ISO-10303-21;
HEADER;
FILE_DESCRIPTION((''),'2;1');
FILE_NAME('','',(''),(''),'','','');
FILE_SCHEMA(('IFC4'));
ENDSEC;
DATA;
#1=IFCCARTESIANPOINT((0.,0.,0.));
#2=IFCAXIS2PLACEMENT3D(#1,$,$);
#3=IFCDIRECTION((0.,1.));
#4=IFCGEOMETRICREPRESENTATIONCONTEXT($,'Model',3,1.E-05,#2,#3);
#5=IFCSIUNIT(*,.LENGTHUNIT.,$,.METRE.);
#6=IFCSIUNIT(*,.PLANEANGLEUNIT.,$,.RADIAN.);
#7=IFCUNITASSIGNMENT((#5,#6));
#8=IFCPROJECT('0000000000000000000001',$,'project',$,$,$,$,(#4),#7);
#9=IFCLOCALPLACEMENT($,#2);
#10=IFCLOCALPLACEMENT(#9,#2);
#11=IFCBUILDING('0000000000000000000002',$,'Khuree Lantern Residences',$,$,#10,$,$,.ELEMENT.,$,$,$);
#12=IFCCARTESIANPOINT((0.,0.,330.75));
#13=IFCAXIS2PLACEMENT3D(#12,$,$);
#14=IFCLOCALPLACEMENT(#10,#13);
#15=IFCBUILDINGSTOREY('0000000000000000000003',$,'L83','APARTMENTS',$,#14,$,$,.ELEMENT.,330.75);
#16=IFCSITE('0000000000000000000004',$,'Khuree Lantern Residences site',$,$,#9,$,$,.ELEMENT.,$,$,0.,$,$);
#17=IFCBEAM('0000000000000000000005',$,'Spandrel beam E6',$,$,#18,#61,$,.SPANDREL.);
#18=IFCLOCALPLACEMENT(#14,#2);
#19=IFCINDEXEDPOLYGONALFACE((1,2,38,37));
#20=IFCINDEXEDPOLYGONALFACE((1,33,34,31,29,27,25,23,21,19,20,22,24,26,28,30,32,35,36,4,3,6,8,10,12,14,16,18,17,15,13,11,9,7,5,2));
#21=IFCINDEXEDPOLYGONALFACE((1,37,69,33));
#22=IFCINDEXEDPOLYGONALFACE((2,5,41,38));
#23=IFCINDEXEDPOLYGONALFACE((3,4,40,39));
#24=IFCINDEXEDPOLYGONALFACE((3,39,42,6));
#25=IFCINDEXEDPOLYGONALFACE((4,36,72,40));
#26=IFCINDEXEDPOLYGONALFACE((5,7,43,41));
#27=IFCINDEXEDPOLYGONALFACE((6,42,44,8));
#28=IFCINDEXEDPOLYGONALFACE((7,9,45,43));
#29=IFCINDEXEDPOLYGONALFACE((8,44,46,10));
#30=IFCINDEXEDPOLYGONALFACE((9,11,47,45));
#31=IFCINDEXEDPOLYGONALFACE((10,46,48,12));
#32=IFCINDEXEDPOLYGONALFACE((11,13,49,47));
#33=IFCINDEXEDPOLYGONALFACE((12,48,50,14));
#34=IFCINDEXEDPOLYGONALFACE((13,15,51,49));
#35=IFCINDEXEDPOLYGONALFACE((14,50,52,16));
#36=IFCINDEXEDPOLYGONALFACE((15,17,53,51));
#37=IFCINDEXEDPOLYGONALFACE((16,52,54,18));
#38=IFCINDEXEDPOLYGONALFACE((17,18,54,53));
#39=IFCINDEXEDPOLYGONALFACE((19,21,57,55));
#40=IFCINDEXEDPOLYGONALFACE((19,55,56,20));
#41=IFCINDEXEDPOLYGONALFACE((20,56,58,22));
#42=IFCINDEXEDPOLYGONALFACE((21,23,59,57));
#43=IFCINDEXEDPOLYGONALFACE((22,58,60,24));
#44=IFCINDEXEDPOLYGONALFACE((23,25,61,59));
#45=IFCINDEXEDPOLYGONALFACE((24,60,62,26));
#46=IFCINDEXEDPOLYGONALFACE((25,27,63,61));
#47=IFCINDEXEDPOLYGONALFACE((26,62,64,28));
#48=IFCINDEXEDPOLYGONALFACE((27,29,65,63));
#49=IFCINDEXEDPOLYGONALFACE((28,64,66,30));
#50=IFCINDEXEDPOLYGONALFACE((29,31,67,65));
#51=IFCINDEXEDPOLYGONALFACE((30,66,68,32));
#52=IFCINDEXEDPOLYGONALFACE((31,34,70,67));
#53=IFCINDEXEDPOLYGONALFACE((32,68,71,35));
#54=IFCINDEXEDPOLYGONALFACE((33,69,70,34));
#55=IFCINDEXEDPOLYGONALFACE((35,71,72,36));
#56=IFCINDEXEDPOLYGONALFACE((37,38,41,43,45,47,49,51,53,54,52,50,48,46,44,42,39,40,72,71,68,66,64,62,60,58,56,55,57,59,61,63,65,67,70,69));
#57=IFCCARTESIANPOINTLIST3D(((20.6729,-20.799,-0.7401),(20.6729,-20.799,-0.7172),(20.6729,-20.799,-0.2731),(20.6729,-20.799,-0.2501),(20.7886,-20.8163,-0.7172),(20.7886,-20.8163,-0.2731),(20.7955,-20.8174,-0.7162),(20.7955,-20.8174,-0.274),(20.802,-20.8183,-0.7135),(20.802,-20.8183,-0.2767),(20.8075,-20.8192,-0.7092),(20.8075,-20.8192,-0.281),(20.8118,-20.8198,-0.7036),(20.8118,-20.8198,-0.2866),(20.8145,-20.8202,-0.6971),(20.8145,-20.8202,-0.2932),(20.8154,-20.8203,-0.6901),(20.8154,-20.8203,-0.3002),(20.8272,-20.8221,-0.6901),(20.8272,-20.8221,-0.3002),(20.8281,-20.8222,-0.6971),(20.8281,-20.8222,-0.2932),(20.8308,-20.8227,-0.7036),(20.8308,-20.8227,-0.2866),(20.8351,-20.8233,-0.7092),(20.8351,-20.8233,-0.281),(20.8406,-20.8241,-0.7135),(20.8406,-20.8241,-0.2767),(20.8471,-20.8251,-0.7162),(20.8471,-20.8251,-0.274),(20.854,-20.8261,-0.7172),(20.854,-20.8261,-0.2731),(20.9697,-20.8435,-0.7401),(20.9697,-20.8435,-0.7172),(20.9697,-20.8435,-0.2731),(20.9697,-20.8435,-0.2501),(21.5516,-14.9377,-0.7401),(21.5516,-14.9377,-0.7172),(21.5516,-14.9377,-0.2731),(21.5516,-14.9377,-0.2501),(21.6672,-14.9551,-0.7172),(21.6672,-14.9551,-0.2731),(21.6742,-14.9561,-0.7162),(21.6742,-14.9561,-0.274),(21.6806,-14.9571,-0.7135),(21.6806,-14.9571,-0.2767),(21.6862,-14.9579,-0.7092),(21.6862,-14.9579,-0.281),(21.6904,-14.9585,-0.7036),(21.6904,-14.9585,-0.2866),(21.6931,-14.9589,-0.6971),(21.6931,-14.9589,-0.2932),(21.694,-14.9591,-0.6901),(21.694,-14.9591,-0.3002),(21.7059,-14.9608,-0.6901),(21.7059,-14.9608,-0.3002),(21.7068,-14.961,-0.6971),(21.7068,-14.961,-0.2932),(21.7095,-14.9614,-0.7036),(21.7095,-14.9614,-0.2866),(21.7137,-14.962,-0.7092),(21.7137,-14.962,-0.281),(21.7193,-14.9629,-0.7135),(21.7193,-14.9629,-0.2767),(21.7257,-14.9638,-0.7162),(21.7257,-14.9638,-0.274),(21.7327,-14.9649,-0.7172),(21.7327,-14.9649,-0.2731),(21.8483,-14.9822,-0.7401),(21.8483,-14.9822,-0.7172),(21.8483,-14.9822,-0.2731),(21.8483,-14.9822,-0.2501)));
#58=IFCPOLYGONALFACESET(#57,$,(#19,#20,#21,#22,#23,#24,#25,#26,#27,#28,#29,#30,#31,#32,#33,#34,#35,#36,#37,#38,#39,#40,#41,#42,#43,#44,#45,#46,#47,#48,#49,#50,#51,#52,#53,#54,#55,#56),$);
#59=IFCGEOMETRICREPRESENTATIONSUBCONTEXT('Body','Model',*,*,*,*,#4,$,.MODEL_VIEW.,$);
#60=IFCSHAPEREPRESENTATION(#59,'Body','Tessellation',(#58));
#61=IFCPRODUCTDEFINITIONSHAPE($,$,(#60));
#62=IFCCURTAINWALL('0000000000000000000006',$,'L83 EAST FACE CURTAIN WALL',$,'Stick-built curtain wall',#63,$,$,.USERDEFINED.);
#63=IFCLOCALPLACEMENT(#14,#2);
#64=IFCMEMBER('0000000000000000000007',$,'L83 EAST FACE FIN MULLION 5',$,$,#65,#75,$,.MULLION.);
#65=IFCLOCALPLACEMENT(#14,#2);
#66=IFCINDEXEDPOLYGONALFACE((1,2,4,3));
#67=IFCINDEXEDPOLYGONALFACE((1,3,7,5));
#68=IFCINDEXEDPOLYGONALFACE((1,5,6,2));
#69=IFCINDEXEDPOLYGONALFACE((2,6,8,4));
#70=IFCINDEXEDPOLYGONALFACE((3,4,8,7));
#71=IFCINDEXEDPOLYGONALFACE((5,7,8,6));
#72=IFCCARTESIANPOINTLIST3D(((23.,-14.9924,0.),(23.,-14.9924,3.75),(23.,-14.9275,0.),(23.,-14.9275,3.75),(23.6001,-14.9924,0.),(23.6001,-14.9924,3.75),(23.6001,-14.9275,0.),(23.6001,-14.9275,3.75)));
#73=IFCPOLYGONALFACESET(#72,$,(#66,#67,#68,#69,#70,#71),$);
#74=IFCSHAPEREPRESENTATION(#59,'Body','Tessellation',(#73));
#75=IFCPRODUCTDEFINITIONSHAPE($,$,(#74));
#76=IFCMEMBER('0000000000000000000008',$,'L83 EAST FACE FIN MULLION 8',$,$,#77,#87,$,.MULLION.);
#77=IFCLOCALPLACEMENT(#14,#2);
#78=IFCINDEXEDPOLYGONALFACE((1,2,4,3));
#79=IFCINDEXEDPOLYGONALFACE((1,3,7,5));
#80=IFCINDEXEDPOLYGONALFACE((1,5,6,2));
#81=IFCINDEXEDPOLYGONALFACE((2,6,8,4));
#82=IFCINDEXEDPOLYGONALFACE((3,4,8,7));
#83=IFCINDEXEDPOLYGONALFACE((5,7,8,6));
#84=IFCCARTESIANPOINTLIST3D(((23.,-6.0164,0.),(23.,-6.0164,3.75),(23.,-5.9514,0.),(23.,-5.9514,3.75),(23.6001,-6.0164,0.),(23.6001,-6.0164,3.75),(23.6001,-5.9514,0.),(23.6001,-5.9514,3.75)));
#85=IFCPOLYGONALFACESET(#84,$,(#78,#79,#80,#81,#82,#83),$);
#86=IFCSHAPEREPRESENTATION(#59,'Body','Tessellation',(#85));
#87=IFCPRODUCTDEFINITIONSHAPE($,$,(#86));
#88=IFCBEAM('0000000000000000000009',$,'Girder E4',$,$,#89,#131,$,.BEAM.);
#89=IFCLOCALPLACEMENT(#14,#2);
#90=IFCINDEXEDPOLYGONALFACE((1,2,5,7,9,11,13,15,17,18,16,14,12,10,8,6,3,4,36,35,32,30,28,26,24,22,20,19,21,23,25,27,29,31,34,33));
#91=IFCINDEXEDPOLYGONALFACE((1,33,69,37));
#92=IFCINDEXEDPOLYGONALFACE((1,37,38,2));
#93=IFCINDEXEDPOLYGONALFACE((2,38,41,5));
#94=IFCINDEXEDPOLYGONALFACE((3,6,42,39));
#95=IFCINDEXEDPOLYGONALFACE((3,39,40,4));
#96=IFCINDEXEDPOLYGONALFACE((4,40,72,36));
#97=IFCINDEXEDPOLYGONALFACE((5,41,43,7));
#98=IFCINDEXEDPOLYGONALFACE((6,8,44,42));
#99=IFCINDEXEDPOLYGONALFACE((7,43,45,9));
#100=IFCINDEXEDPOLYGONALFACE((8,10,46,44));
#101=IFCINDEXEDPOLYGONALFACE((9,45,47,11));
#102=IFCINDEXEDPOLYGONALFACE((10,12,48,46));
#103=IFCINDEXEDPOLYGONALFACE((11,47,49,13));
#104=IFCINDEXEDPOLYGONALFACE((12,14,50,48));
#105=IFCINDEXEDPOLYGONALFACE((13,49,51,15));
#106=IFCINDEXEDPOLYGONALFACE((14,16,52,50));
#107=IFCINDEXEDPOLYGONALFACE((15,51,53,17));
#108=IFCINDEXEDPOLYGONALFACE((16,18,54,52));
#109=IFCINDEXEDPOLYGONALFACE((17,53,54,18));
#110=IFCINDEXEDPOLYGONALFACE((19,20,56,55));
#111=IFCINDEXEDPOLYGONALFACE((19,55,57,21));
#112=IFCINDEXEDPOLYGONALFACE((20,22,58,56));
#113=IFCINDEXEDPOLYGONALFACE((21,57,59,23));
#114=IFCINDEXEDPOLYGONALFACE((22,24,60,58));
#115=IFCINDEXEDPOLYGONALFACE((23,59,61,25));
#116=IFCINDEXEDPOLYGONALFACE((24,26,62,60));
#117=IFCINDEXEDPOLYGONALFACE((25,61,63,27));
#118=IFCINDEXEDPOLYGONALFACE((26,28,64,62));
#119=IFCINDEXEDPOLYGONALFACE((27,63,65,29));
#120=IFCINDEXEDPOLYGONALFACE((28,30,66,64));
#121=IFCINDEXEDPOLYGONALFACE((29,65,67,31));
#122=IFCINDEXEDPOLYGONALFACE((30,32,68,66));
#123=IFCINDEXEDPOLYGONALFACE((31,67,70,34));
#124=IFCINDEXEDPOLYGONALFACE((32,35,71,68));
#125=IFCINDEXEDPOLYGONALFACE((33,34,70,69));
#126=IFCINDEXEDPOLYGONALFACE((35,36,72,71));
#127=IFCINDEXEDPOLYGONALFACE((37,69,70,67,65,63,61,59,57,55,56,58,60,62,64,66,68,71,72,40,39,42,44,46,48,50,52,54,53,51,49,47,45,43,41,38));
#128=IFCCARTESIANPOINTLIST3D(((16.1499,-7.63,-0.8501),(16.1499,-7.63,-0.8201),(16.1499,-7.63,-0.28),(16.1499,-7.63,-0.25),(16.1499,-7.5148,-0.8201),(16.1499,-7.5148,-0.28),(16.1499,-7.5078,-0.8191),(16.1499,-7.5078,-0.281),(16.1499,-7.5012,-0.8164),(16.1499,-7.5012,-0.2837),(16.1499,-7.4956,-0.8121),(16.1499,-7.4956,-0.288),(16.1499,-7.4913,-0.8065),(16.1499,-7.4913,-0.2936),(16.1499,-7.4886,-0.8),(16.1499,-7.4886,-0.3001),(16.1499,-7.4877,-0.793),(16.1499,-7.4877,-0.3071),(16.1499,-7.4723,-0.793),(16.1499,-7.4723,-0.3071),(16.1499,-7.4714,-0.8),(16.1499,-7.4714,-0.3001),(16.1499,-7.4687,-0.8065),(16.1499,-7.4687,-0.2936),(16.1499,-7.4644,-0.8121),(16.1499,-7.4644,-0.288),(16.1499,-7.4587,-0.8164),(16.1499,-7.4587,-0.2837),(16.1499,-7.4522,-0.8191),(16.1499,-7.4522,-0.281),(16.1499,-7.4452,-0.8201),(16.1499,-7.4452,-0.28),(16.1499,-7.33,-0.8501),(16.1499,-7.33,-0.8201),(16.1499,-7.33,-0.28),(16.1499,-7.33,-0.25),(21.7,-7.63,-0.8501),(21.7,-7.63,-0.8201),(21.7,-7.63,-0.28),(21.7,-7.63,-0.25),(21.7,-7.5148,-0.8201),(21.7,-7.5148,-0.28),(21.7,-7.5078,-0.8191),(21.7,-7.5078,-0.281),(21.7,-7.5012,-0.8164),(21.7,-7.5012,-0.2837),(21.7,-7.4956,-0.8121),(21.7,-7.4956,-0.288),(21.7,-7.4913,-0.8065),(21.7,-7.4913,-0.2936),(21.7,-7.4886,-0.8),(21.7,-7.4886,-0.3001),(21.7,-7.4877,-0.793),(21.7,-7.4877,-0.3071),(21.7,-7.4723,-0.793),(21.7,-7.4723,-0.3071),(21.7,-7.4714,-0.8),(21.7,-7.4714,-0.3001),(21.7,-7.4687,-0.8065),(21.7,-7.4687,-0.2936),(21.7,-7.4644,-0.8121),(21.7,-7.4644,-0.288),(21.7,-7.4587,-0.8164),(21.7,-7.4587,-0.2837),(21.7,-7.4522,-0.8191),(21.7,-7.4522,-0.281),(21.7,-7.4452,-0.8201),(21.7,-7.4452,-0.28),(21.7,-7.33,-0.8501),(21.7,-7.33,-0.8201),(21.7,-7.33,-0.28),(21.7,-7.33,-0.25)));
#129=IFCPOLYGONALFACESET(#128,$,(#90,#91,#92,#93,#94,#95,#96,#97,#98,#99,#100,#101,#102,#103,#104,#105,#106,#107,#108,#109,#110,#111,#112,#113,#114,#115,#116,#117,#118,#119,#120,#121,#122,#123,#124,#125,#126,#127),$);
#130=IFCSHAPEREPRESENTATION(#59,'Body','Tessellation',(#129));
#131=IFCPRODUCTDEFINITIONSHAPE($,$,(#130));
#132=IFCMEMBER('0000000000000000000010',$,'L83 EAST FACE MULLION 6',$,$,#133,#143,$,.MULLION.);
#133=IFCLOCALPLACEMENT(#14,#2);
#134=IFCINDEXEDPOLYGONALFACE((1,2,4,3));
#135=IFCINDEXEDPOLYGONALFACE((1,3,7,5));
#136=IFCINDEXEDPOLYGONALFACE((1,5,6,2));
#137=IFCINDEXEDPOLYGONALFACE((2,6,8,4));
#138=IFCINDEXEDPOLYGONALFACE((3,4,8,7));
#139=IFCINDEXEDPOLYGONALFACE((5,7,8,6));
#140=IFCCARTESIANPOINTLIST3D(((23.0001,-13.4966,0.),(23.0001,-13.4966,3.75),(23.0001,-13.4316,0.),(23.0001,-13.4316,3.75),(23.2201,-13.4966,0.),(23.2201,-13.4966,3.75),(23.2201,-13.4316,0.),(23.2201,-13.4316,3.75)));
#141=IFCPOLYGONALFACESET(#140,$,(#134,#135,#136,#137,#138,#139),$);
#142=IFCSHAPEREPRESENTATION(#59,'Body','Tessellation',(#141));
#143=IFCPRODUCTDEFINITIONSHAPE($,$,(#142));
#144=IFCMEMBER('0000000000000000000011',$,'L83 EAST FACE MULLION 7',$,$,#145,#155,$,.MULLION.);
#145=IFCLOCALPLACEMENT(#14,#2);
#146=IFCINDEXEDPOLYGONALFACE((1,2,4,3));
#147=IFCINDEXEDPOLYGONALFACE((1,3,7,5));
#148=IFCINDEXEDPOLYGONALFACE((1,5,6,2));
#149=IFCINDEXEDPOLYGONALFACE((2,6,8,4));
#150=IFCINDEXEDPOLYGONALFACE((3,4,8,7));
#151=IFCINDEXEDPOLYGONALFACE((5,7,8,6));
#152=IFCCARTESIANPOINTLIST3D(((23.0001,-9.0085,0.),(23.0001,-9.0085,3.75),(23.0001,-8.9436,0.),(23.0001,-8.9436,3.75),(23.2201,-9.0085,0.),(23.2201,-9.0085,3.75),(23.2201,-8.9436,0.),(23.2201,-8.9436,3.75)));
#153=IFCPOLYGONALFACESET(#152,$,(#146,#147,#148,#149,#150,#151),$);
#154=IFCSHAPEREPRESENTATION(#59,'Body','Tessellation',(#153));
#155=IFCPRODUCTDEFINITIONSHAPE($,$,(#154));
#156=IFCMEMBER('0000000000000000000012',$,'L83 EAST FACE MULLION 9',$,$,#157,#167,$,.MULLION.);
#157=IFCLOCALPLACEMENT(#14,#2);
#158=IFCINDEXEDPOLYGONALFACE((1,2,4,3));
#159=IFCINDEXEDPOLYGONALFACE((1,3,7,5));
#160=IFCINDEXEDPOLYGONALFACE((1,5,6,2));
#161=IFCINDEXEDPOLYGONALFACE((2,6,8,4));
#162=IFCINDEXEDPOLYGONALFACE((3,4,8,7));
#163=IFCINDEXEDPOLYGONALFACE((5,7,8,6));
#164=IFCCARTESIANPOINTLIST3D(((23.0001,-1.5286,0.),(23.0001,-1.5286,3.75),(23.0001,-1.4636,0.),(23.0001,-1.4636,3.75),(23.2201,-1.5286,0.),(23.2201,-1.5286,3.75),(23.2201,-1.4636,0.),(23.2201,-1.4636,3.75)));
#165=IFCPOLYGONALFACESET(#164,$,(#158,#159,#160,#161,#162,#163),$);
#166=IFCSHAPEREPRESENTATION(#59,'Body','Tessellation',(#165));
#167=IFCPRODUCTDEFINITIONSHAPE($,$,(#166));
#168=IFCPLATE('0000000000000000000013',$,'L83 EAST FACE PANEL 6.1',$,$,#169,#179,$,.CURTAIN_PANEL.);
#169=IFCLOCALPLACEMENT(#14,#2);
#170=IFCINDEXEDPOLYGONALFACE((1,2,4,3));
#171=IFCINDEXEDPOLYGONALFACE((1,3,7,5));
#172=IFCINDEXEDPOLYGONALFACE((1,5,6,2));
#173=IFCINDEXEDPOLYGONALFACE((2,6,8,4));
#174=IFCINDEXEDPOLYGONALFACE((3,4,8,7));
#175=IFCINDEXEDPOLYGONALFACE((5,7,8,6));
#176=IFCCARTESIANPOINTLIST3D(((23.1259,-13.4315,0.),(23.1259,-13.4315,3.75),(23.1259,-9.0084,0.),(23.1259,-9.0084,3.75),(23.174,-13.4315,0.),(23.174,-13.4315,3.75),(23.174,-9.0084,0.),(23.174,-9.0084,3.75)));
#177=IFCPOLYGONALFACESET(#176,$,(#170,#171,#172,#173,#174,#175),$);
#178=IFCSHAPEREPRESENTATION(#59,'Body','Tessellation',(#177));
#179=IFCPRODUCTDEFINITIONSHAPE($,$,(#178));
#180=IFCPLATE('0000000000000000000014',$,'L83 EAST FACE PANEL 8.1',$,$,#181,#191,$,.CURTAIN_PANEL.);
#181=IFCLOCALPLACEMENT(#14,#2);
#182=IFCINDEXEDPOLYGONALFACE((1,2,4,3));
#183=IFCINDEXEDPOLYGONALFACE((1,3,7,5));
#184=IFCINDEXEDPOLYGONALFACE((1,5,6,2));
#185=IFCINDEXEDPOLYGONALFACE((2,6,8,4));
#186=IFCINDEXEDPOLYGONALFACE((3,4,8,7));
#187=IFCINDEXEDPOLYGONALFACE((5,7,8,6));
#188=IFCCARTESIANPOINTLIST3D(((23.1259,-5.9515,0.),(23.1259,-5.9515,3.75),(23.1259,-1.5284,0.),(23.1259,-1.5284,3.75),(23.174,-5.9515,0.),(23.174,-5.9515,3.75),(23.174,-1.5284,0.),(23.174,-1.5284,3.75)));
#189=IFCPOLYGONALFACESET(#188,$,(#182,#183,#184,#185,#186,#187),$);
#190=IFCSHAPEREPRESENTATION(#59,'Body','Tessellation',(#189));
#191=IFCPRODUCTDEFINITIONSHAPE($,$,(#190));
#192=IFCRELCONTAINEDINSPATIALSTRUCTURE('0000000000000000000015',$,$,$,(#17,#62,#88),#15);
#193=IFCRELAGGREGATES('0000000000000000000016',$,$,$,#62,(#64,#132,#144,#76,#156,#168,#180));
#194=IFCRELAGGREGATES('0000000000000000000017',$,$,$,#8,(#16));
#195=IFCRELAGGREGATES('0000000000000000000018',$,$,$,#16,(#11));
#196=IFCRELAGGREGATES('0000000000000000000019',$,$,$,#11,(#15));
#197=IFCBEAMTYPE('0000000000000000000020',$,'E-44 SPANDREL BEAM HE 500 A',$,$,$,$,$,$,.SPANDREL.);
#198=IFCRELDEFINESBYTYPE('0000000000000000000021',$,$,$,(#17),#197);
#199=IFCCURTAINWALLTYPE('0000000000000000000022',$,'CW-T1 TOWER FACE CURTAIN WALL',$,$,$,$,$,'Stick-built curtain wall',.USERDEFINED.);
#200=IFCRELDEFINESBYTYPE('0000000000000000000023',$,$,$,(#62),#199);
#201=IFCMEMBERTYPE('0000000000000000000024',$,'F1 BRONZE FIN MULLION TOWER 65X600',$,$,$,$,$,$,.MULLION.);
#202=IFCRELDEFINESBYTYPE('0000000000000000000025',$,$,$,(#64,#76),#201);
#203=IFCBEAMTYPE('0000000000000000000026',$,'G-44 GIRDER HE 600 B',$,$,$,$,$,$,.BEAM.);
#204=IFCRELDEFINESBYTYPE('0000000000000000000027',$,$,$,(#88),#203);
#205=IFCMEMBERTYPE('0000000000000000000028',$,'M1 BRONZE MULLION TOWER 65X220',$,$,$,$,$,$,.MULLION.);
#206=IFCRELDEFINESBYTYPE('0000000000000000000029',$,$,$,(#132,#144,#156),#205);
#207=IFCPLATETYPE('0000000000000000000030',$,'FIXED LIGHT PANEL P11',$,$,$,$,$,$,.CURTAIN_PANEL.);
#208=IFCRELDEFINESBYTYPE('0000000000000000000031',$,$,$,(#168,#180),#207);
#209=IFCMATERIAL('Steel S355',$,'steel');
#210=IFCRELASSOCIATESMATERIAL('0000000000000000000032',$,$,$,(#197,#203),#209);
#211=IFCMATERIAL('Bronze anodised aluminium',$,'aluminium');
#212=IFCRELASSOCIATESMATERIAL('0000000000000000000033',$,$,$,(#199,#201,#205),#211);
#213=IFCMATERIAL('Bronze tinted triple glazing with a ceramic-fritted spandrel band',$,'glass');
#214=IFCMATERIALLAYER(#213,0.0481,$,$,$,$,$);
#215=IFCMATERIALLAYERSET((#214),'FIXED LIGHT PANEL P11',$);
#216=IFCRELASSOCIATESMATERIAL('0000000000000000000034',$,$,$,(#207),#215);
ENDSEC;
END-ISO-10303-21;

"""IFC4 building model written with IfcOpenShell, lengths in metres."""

from ifc_helpers import new_model, si_unit, direction, frame, origin, origin_2d, place, context, subcontext, project, spatial, rectangle, i_section, extrude, material, layer, layer_set, material_profile, profile_set, type_object, element, aggregate, save


model = new_model("IFC4")

# Units and contexts
model_context = context("Model", 3, precision=1e-05, world=origin(), true_north=direction((0.0, 1.0)))
body_context = subcontext(model_context, "Body", "Model", "MODEL_VIEW")
ifc_project = project(units=[si_unit("LENGTHUNIT", "METRE"), si_unit("PLANEANGLEUNIT", "RADIAN")], contexts=[model_context])

# Site, building, storey
site_placement = place(None, origin())
site = spatial("IfcSite", under=ifc_project, at=site_placement, Name="Khuree Lantern Residences site", CompositionType="ELEMENT", RefElevation=0.0)
building_placement = place(site_placement, origin())
building = spatial("IfcBuilding", under=site, at=building_placement, Name="Khuree Lantern Residences", CompositionType="ELEMENT")
storey_placement = place(building_placement, frame((0.0, 0.0, 330.75)))
storey = spatial("IfcBuildingStorey", under=building, at=storey_placement, Name="L83", Description="APARTMENTS", CompositionType="ELEMENT", Elevation=330.75)

# Beam
ifc_material_1 = material(Name="Steel S355", Category="steel")
ifc_material_profile_1 = material_profile(ifc_material_1, i_section(OverallWidth=0.3, OverallDepth=0.49, WebThickness=0.012, FlangeThickness=0.0229, FilletRadius=0.0271, at=origin_2d()), Name="HE 500 A")
ifc_profile_set_1 = profile_set([ifc_material_profile_1], Name="Steel S355")
beam_type_1 = type_object("IfcBeamType", Name="E-44 SPANDREL BEAM HE 500 A", PredefinedType="SPANDREL", material=ifc_profile_set_1)
beam_1_placement = place(storey_placement, frame((21.7, -14.96, -0.4951), z_axis=(-0.148252, -0.98895, 0.0), x_axis=(0.98895, -0.148252, 0.0)))
element("IfcBeam", 1, at=beam_1_placement, inside=storey, type_object=beam_type_1, Name="Spandrel beam E6", PredefinedType="SPANDREL", context=body_context, shape_type="SweptSolid", body=[
    extrude(i_section(OverallWidth=0.3, OverallDepth=0.49, WebThickness=0.012, FlangeThickness=0.0229, FilletRadius=0.0271, at=origin_2d()), origin(), (0.0, 0.0, 1.0), 5.9268),
])

# Curtain wall, members
ifc_material_2 = material(Name="Bronze anodised aluminium", Category="aluminium")
curtain_wall_type = type_object("IfcCurtainWallType", Name="CW-T1 TOWER FACE CURTAIN WALL", ElementType="Stick-built curtain wall", PredefinedType="USERDEFINED", material=ifc_material_2)
curtain_wall_placement = place(storey_placement, origin())
curtain_wall = element("IfcCurtainWall", 2, at=curtain_wall_placement, inside=storey, type_object=curtain_wall_type, Name="L83 EAST FACE CURTAIN WALL", ObjectType="Stick-built curtain wall", PredefinedType="USERDEFINED")
ifc_material_profile_2 = material_profile(ifc_material_2, rectangle(XDim=0.0649, YDim=0.6001, at=origin_2d()), Name="F1 65X600")
ifc_profile_set_2 = profile_set([ifc_material_profile_2], Name="Bronze anodised aluminium")
member_type_1 = type_object("IfcMemberType", Name="F1 BRONZE FIN MULLION TOWER 65X600", PredefinedType="MULLION", material=ifc_profile_set_2)
member_1_placement = place(storey_placement, frame((23.3, -14.96, 0.0), z_axis=(0.0, 0.0, 1.0), x_axis=(0.0, 1.0, 0.0)))
member_1 = element("IfcMember", 3, at=member_1_placement, type_object=member_type_1, Name="L83 EAST FACE FIN MULLION 5", PredefinedType="MULLION", context=body_context, shape_type="SweptSolid", body=[
    extrude(rectangle(XDim=0.0649, YDim=0.6001, at=origin_2d()), origin(), (0.0, 0.0, 1.0), 3.75),
])
member_2_placement = place(storey_placement, frame((23.3, -5.9839, 0.0), z_axis=(0.0, 0.0, 1.0), x_axis=(0.0, 1.0, 0.0)))
member_2 = element("IfcMember", 4, at=member_2_placement, type_object=member_type_1, Name="L83 EAST FACE FIN MULLION 8", PredefinedType="MULLION", context=body_context, shape_type="SweptSolid", body=[
    extrude(rectangle(XDim=0.0649, YDim=0.6001, at=origin_2d()), origin(), (0.0, 0.0, 1.0), 3.75),
])

# Beam
ifc_material_profile_3 = material_profile(ifc_material_1, i_section(OverallWidth=0.3, OverallDepth=0.6001, WebThickness=0.0154, FlangeThickness=0.03, FilletRadius=0.0271, at=origin_2d()), Name="HE 600 B")
ifc_profile_set_3 = profile_set([ifc_material_profile_3], Name="Steel S355")
beam_type_2 = type_object("IfcBeamType", Name="G-44 GIRDER HE 600 B", PredefinedType="BEAM", material=ifc_profile_set_3)
beam_2_placement = place(storey_placement, frame((21.7, -7.48, -0.55), z_axis=(-1.0, 0.0, 0.0), x_axis=(0.0, -1.0, 0.0)))
element("IfcBeam", 5, at=beam_2_placement, inside=storey, type_object=beam_type_2, Name="Girder E4", PredefinedType="BEAM", context=body_context, shape_type="SweptSolid", body=[
    extrude(i_section(OverallWidth=0.3, OverallDepth=0.6001, WebThickness=0.0154, FlangeThickness=0.03, FilletRadius=0.0271, at=origin_2d()), origin(), (0.0, 0.0, 1.0), 5.55),
])

# Members
ifc_material_profile_4 = material_profile(ifc_material_2, rectangle(XDim=0.0649, YDim=0.22, at=origin_2d()), Name="M1 65X220")
ifc_profile_set_4 = profile_set([ifc_material_profile_4], Name="Bronze anodised aluminium")
member_type_2 = type_object("IfcMemberType", Name="M1 BRONZE MULLION TOWER 65X220", PredefinedType="MULLION", material=ifc_profile_set_4)
member_3_placement = place(storey_placement, frame((23.1101, -13.4641, 0.0), z_axis=(0.0, 0.0, 1.0), x_axis=(0.0, 1.0, 0.0)))
member_3 = element("IfcMember", 6, at=member_3_placement, type_object=member_type_2, Name="L83 EAST FACE MULLION 6", PredefinedType="MULLION", context=body_context, shape_type="SweptSolid", body=[
    extrude(rectangle(XDim=0.0649, YDim=0.22, at=origin_2d()), origin(), (0.0, 0.0, 1.0), 3.75),
])
member_4_placement = place(storey_placement, frame((23.1101, -8.9761, 0.0), z_axis=(0.0, 0.0, 1.0), x_axis=(0.0, 1.0, 0.0)))
member_4 = element("IfcMember", 7, at=member_4_placement, type_object=member_type_2, Name="L83 EAST FACE MULLION 7", PredefinedType="MULLION", context=body_context, shape_type="SweptSolid", body=[
    extrude(rectangle(XDim=0.0649, YDim=0.22, at=origin_2d()), origin(), (0.0, 0.0, 1.0), 3.75),
])
member_5_placement = place(storey_placement, frame((23.1101, -1.4961, 0.0), z_axis=(0.0, 0.0, 1.0), x_axis=(0.0, 1.0, 0.0)))
member_5 = element("IfcMember", 8, at=member_5_placement, type_object=member_type_2, Name="L83 EAST FACE MULLION 9", PredefinedType="MULLION", context=body_context, shape_type="SweptSolid", body=[
    extrude(rectangle(XDim=0.0649, YDim=0.22, at=origin_2d()), origin(), (0.0, 0.0, 1.0), 3.75),
])

# Plates
ifc_material_3 = material(Name="Bronze tinted triple glazing with a ceramic-fritted spandrel band", Category="glass")
ifc_layer_1 = layer(ifc_material_3, 0.0481)
ifc_layer_set_1 = layer_set([ifc_layer_1], Name="FIXED LIGHT PANEL P11")
plate_type_1 = type_object("IfcPlateType", Name="FIXED LIGHT PANEL P11", PredefinedType="CURTAIN_PANEL", material=ifc_layer_set_1)
plate_1_placement = place(storey_placement, frame((23.1499, -11.22, 0.0), z_axis=(0.0, 0.0, 1.0), x_axis=(0.0, 1.0, 0.0)))
plate_1 = element("IfcPlate", 9, at=plate_1_placement, type_object=plate_type_1, Name="L83 EAST FACE PANEL 6.1", PredefinedType="CURTAIN_PANEL", context=body_context, shape_type="SweptSolid", body=[
    extrude(rectangle(XDim=4.4231, YDim=0.0481, at=origin_2d()), origin(), (0.0, 0.0, 1.0), 3.75),
])
plate_2_placement = place(storey_placement, frame((23.1499, -3.74, 0.0), z_axis=(0.0, 0.0, 1.0), x_axis=(0.0, 1.0, 0.0)))
plate_2 = element("IfcPlate", 10, at=plate_2_placement, type_object=plate_type_1, Name="L83 EAST FACE PANEL 8.1", PredefinedType="CURTAIN_PANEL", context=body_context, shape_type="SweptSolid", body=[
    extrude(rectangle(XDim=4.4231, YDim=0.0481, at=origin_2d()), origin(), (0.0, 0.0, 1.0), 3.75),
])
aggregate(curtain_wall, [member_1, member_3, member_4, member_2, member_5, plate_1, plate_2])

save(model, "model.ifc")
